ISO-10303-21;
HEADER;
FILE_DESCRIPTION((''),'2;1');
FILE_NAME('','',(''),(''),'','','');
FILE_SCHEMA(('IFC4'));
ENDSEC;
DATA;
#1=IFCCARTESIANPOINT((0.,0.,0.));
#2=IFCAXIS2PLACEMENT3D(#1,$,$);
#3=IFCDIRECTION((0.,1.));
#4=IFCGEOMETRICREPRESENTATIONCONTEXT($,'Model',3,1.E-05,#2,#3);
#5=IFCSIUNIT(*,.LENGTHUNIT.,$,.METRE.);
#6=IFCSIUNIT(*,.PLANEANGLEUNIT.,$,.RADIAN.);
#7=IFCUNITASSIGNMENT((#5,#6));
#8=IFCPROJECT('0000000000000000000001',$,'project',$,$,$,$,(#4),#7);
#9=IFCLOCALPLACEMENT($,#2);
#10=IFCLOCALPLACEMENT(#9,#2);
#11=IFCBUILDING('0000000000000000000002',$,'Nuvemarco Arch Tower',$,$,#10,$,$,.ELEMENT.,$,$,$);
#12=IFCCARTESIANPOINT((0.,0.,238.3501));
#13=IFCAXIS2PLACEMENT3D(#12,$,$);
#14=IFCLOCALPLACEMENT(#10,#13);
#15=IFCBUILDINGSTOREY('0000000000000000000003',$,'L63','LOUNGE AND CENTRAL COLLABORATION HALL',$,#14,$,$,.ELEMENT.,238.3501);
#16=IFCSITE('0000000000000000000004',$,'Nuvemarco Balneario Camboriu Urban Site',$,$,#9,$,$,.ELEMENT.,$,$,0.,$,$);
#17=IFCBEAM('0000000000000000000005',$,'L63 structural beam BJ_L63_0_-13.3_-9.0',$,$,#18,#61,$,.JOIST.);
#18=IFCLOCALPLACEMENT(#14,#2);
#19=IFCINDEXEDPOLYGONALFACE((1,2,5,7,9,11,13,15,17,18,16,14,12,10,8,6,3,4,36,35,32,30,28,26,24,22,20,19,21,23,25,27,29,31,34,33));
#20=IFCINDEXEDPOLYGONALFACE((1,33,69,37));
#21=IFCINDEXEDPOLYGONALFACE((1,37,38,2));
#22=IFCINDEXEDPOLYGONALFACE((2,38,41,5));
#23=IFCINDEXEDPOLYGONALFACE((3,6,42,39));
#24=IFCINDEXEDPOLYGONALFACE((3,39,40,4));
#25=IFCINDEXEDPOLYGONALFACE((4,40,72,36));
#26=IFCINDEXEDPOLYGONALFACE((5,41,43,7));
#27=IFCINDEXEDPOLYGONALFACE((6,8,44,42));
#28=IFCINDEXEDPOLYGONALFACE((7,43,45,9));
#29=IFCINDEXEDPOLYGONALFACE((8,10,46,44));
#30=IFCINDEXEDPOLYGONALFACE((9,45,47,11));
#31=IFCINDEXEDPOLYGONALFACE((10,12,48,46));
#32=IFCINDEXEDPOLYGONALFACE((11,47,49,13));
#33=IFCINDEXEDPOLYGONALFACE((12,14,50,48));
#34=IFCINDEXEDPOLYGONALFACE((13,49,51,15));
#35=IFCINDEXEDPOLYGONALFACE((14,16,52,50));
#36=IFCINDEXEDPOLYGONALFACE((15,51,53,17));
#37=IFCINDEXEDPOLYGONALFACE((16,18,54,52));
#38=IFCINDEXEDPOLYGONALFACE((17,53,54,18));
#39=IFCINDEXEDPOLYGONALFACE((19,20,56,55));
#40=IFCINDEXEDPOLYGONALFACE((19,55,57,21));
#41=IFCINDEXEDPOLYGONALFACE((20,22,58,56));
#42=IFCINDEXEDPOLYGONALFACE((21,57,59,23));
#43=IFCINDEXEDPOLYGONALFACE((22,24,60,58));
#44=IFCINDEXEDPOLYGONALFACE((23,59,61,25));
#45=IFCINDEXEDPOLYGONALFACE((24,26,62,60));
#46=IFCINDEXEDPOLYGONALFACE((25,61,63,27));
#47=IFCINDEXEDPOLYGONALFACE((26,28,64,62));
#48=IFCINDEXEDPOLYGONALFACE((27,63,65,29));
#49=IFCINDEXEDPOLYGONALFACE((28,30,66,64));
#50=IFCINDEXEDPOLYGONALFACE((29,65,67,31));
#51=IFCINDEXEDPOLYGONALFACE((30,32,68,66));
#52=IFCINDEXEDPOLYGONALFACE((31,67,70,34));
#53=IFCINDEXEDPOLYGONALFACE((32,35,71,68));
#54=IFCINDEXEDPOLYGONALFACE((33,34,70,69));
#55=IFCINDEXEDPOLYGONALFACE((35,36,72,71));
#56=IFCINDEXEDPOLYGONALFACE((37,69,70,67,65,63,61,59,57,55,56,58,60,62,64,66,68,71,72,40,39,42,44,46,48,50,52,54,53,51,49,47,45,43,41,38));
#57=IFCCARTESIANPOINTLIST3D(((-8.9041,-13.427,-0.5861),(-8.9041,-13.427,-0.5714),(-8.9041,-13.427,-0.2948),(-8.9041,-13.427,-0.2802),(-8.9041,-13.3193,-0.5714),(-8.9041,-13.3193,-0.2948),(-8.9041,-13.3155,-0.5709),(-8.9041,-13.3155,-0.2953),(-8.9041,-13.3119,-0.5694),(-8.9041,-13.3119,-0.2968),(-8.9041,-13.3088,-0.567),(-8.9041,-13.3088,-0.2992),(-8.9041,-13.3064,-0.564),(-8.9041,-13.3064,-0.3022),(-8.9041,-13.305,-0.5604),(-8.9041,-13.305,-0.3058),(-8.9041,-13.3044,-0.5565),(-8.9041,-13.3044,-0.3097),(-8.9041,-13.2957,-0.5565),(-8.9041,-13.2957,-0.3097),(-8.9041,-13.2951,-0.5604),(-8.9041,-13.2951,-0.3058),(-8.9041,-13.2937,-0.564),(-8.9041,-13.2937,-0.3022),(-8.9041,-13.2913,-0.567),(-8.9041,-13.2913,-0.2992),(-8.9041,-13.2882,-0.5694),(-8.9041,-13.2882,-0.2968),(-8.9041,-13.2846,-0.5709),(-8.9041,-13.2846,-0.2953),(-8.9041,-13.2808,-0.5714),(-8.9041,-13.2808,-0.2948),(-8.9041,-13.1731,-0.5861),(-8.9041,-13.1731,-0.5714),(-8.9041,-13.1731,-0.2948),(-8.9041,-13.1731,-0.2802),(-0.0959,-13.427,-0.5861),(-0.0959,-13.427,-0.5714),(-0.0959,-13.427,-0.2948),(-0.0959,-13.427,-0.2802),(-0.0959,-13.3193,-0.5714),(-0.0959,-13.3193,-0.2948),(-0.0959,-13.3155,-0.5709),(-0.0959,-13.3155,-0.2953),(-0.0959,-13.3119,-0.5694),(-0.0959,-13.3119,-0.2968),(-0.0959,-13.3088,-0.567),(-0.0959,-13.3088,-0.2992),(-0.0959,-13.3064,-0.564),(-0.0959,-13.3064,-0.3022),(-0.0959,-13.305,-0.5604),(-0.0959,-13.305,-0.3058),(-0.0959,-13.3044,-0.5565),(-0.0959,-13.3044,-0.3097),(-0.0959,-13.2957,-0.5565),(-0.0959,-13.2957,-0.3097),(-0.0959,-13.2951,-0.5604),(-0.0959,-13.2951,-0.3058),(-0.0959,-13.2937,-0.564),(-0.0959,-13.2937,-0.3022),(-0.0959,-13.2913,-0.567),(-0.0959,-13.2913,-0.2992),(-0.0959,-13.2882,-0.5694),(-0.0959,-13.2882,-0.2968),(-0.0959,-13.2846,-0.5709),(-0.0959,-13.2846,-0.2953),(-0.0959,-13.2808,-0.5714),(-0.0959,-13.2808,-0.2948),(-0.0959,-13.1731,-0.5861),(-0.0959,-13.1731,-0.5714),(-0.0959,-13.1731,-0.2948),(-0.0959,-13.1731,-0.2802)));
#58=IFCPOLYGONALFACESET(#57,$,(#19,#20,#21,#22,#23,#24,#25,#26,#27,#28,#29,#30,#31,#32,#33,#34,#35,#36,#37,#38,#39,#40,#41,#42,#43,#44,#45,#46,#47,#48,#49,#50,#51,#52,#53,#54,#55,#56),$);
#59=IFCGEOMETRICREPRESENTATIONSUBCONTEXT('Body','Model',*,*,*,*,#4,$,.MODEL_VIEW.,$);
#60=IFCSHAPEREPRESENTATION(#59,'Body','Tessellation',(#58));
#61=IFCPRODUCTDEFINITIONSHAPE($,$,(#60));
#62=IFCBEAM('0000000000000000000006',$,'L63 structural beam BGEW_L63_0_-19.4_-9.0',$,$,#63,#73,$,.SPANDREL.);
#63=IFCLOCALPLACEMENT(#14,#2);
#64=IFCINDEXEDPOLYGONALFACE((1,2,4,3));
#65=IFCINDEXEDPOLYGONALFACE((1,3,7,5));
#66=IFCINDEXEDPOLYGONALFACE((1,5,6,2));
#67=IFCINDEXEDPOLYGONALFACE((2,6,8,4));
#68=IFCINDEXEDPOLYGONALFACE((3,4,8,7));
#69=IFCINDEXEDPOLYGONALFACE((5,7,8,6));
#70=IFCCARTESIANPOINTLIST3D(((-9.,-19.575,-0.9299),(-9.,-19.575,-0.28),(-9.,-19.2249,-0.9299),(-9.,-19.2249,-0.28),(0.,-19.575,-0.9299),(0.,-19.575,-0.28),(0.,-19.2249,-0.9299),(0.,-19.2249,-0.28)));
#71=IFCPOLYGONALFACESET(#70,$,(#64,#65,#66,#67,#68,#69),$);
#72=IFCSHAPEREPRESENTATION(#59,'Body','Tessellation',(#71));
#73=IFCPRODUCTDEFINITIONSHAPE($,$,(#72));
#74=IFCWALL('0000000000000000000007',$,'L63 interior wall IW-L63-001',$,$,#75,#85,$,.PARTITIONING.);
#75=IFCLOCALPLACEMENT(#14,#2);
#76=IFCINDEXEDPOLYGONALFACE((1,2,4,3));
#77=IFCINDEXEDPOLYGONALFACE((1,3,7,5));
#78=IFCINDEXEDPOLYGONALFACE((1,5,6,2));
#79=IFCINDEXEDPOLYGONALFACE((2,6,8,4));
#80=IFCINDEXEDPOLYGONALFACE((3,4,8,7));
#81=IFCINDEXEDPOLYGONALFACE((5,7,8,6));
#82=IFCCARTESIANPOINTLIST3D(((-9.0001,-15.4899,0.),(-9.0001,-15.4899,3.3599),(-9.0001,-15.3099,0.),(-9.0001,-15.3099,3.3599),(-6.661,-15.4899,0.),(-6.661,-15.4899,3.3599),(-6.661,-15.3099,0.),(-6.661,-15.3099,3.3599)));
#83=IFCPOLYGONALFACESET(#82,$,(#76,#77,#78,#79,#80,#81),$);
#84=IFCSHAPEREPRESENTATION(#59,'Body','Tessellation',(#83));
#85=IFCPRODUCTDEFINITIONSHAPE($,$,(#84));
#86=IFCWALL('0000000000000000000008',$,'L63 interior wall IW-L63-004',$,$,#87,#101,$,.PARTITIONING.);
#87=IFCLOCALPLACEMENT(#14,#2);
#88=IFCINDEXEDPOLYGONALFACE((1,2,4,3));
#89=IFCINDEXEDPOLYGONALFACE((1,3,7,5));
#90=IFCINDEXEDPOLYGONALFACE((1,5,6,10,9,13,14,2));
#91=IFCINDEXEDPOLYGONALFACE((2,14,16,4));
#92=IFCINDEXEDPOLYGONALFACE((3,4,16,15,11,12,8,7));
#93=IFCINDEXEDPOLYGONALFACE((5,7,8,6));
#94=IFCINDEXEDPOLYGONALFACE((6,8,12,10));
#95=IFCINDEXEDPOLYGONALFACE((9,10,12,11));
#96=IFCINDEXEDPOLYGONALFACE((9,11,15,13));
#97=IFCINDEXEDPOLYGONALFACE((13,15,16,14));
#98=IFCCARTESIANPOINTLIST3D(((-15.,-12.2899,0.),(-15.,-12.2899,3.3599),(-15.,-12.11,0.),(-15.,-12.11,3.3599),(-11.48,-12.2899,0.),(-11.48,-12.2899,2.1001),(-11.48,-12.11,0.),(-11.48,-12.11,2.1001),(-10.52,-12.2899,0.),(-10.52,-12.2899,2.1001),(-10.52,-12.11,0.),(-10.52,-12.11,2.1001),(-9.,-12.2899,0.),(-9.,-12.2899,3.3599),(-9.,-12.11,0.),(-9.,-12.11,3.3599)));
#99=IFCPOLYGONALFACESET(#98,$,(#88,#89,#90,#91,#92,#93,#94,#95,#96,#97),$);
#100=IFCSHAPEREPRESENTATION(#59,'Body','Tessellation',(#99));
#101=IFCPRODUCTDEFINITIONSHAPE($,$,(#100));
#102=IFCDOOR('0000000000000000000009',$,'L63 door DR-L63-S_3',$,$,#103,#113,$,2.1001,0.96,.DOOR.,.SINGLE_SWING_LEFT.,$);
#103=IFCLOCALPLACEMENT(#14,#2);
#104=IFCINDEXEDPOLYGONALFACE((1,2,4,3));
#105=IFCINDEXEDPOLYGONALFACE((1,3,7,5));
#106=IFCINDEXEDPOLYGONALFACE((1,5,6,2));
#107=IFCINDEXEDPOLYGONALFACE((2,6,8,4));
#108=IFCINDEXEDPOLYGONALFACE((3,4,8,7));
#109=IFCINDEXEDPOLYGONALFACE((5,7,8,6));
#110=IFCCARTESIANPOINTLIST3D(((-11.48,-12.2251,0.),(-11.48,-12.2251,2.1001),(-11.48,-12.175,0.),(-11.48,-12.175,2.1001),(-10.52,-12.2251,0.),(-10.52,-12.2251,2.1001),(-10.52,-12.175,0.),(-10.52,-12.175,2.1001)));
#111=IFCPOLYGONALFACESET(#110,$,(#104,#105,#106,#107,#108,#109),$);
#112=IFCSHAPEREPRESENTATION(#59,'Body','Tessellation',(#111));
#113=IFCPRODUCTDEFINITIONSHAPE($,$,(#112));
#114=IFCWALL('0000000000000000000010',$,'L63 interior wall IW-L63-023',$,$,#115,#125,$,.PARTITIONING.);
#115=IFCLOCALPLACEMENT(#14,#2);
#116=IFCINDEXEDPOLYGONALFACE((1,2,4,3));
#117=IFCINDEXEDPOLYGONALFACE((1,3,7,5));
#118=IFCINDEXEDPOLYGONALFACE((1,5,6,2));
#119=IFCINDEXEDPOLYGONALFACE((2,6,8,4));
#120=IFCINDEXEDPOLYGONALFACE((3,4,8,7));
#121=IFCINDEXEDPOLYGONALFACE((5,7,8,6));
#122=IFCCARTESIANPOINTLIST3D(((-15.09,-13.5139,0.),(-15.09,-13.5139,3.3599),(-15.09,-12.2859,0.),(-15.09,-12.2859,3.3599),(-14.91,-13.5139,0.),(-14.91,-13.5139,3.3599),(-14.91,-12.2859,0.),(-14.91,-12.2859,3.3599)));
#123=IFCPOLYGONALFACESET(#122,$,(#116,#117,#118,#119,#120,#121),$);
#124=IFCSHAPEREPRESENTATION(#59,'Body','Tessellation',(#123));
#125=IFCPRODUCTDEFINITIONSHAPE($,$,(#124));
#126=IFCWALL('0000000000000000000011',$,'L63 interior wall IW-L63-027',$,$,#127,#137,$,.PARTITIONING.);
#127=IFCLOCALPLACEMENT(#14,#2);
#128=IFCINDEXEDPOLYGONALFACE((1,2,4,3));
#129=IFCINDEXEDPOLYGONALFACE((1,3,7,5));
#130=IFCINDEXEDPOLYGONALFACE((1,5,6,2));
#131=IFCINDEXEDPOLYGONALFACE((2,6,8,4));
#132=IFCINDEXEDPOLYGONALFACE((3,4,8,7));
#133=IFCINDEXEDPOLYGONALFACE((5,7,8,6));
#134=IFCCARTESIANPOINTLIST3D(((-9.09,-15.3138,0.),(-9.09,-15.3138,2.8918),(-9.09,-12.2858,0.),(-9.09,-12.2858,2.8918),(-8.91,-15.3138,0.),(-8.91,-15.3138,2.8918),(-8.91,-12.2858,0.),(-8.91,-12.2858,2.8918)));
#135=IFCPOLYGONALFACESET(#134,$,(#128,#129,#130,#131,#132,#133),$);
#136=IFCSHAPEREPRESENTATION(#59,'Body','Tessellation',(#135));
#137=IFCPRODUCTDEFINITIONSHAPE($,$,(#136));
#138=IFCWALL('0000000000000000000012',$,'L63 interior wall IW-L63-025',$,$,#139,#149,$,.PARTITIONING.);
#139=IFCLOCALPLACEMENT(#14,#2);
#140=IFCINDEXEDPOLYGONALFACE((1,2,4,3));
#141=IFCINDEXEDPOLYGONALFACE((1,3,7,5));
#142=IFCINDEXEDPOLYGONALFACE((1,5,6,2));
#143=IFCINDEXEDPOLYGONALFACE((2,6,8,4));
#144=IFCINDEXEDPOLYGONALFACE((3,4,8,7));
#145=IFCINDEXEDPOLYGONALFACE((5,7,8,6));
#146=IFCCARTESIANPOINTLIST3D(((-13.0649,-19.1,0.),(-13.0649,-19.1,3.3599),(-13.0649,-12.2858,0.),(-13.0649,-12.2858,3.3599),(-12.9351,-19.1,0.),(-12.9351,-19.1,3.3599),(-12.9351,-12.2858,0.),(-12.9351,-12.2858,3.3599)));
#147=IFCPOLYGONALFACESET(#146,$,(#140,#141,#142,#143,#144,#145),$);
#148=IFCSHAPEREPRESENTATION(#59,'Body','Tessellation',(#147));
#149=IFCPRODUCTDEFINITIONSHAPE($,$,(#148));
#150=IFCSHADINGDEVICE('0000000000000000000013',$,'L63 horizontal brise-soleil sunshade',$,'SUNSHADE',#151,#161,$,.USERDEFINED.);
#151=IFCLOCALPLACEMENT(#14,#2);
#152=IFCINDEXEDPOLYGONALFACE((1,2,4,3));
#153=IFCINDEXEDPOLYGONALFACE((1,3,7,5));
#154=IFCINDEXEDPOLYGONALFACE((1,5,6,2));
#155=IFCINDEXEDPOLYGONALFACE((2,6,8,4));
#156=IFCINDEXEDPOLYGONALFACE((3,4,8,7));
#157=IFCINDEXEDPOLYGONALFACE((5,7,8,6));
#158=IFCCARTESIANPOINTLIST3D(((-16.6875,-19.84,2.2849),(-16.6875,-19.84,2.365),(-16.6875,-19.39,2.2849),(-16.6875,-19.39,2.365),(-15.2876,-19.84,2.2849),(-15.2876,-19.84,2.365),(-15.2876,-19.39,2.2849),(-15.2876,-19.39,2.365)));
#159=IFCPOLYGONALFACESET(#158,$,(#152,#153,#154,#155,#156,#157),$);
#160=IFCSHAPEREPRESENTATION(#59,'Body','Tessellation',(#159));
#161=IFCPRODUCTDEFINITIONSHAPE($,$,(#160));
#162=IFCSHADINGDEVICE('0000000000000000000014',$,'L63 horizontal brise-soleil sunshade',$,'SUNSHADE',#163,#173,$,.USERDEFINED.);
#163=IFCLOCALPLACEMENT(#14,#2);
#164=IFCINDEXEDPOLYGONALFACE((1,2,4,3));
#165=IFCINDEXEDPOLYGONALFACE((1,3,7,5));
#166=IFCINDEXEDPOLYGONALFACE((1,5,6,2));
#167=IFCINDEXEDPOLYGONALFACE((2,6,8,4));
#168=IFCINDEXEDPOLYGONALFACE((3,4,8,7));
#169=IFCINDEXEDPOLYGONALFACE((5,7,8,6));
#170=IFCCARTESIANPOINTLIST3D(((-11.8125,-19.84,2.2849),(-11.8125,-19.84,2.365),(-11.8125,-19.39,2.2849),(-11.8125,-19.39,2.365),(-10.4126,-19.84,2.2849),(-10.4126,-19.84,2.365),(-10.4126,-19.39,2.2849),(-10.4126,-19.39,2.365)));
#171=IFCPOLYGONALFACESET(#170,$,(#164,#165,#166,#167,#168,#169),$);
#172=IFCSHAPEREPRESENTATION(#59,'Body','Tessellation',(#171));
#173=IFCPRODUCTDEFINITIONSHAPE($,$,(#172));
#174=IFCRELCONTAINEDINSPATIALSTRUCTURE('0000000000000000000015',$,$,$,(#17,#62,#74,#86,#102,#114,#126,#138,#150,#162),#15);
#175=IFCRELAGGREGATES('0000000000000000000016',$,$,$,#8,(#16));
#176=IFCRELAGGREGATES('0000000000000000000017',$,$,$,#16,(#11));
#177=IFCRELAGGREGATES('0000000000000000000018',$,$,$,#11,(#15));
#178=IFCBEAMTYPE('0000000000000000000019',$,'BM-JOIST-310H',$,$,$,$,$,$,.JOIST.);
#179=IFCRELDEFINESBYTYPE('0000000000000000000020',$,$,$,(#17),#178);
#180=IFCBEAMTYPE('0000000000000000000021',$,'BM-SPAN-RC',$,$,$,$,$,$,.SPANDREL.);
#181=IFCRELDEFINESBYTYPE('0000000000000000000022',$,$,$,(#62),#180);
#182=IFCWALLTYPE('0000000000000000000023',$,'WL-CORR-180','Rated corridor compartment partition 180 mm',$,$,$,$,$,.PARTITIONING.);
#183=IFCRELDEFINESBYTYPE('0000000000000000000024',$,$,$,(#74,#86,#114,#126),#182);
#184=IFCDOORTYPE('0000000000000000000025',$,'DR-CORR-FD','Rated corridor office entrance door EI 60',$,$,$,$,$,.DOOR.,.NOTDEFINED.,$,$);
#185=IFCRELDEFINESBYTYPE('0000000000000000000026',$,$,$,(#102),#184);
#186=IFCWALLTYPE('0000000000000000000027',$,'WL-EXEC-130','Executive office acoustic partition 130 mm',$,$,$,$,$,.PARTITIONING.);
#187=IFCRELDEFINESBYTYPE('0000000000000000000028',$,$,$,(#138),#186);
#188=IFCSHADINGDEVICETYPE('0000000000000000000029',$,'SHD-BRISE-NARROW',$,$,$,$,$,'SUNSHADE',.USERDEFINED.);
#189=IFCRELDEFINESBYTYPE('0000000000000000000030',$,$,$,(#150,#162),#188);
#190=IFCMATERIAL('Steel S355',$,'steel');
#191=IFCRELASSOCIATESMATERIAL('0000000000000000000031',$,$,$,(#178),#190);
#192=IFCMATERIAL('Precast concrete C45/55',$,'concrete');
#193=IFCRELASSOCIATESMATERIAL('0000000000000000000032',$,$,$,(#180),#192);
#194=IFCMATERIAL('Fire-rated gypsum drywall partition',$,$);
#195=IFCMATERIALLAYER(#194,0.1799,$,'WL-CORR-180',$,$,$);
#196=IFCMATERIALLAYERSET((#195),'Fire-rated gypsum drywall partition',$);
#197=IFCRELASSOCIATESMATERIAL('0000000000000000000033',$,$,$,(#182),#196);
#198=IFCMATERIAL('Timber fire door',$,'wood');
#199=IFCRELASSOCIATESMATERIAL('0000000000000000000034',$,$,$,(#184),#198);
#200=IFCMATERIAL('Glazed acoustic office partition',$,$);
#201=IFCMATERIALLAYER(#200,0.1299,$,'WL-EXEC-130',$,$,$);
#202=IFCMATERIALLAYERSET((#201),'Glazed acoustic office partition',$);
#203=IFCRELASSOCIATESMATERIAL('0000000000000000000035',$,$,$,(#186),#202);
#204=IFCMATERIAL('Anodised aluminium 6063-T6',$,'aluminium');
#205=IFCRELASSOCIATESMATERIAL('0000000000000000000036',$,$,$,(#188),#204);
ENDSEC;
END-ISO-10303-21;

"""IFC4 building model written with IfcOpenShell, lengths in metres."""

from ifc_helpers import new_model, si_unit, direction, frame, frame_2d, origin, origin_2d, place, context, subcontext, project, spatial, rectangle, i_section, extrude, source, transform, mapped, material, layer, layer_set, material_profile, profile_set, type_object, type_shapes, element, fill, save


model = new_model("IFC4")

# Units and contexts
model_context = context("Model", 3, precision=1e-05, world=origin(), true_north=direction((0.0, 1.0)))
body_context = subcontext(model_context, "Body", "Model", "MODEL_VIEW")
ifc_project = project(units=[si_unit("LENGTHUNIT", "METRE"), si_unit("PLANEANGLEUNIT", "RADIAN")], contexts=[model_context])

# Site, building, storey
site_placement = place(None, origin())
site = spatial("IfcSite", under=ifc_project, at=site_placement, Name="Nuvemarco Balneario Camboriu Urban Site", CompositionType="ELEMENT", RefElevation=0.0)
building_placement = place(site_placement, origin())
building = spatial("IfcBuilding", under=site, at=building_placement, Name="Nuvemarco Arch Tower", CompositionType="ELEMENT")
storey_placement = place(building_placement, frame((0.0, 0.0, 238.3501)))
storey = spatial("IfcBuildingStorey", under=building, at=storey_placement, Name="L63", Description="LOUNGE AND CENTRAL COLLABORATION HALL", CompositionType="ELEMENT", Elevation=238.3501)

# Shared definitions
ifc_material_1 = material(Name="Steel S355", Category="steel")

# Beams
ifc_material_profile_1 = material_profile(ifc_material_1, i_section(OverallWidth=0.2539, OverallDepth=0.3059, WebThickness=0.0088, FlangeThickness=0.0146, FilletRadius=0.0149, at=origin_2d()), Name="W310x79")
ifc_profile_set_1 = profile_set([ifc_material_profile_1], Name="Steel S355")
beam_type_1 = type_object("IfcBeamType", Name="BM-JOIST-310H", PredefinedType="JOIST", material=ifc_profile_set_1)
beam_1_placement = place(storey_placement, frame((-8.9041, -13.3, -0.4331), z_axis=(1.0, 0.0, 0.0), x_axis=(0.0, 1.0, 0.0)))
element("IfcBeam", 1, at=beam_1_placement, inside=storey, type_object=beam_type_1, Name="L63 structural beam BJ_L63_0_-13.3_-9.0", PredefinedType="JOIST", context=body_context, shape_type="SweptSolid", body=[
    extrude(i_section(OverallWidth=0.2539, OverallDepth=0.3059, WebThickness=0.0088, FlangeThickness=0.0146, FilletRadius=0.0149, at=origin_2d()), origin(), (0.0, 0.0, 1.0), 8.8081),
])
ifc_material_2 = material(Name="Precast concrete C45/55", Category="concrete")
ifc_material_profile_2 = material_profile(ifc_material_2, rectangle(XDim=0.3501, YDim=0.6499, at=origin_2d()), Name="PC-SP-350x650")
ifc_profile_set_2 = profile_set([ifc_material_profile_2], Name="Precast concrete C45/55")
beam_type_2 = type_object("IfcBeamType", Name="BM-SPAN-RC", PredefinedType="SPANDREL", material=ifc_profile_set_2)
beam_2_placement = place(storey_placement, frame((-9.0, -19.3999, -0.605), z_axis=(1.0, 0.0, 0.0), x_axis=(0.0, 1.0, 0.0)))
element("IfcBeam", 2, at=beam_2_placement, inside=storey, type_object=beam_type_2, Name="L63 structural beam BGEW_L63_0_-19.4_-9.0", PredefinedType="SPANDREL", context=body_context, shape_type="SweptSolid", body=[
    extrude(rectangle(XDim=0.3501, YDim=0.6499, at=origin_2d()), origin(), (0.0, 0.0, 1.0), 9.0),
])

# Wall
ifc_material_3 = material(Name="Fire-rated gypsum drywall partition")
ifc_layer_1 = layer(ifc_material_3, 0.1799, Name="WL-CORR-180")
ifc_layer_set_1 = layer_set([ifc_layer_1], Name="Fire-rated gypsum drywall partition")
wall_type_1 = type_object("IfcWallType", Name="WL-CORR-180", Description="Rated corridor compartment partition 180 mm", PredefinedType="PARTITIONING", material=ifc_layer_set_1)
wall_1_placement = place(storey_placement, frame((-9.0, -15.3999, 0.0), z_axis=(0.0, 0.0, 1.0), x_axis=(1.0, 0.0, 0.0)))
element("IfcWall", 3, at=wall_1_placement, inside=storey, type_object=wall_type_1, Name="L63 interior wall IW-L63-001", PredefinedType="PARTITIONING", context=body_context, shape_type="SweptSolid", body=[
    extrude(rectangle(XDim=2.3391, YDim=0.1799, at=frame_2d((1.1694, 0.0))), origin(), (0.0, 0.0, 1.0), 3.3599),
])

# Wall, opening, door
wall_2_placement = place(storey_placement, frame((-15.0, -12.2, 0.0), z_axis=(0.0, 0.0, 1.0), x_axis=(1.0, 0.0, 0.0)))
wall_2 = element("IfcWall", 4, at=wall_2_placement, inside=storey, type_object=wall_type_1, Name="L63 interior wall IW-L63-004", PredefinedType="PARTITIONING", context=body_context, shape_type="SweptSolid", body=[
    extrude(rectangle(XDim=6.0, YDim=0.1799, at=frame_2d((3.0, 0.0))), origin(), (0.0, 0.0, 1.0), 3.3599),
])
opening_placement = place(wall_2_placement, frame((3.52, 0.0, 0.0)))
opening = element("IfcOpeningElement", 5, at=opening_placement, cuts=wall_2, PredefinedType="OPENING", context=body_context, shape_type="SweptSolid", body=[
    extrude(rectangle(XDim=0.96, YDim=2.1001, at=frame_2d((0.48, 1.05))), frame((0.0, 0.0999, 0.0), z_axis=(0.0, -1.0, 0.0), x_axis=(1.0, 0.0, 0.0)), (0.0, 0.0, 1.0), 0.2),
])
ifc_material_4 = material(Name="Timber fire door", Category="wood")
door_type = type_object("IfcDoorType", Name="DR-CORR-FD", Description="Rated corridor office entrance door EI 60", OperationType="NOTDEFINED", PredefinedType="DOOR", material=ifc_material_4)
shared_shape_1 = source(origin(), body_context, "Body", "SweptSolid", [
    extrude(rectangle(XDim=0.96, YDim=2.1001, at=frame_2d((0.48, 1.05))), frame((0.0, 0.0249, 0.0), z_axis=(0.0, -1.0, 0.0), x_axis=(1.0, 0.0, 0.0)), (0.0, 0.0, 1.0), 0.05),
])
type_shapes(door_type, [shared_shape_1])
door_placement = place(opening_placement, origin())
door = element("IfcDoor", 6, at=door_placement, inside=storey, type_object=door_type, Name="L63 door DR-L63-S_3", OperationType="SINGLE_SWING_LEFT", OverallHeight=2.1001, OverallWidth=0.96, PredefinedType="DOOR", context=body_context, shape_type="MappedRepresentation", body=[
    mapped(shared_shape_1, transform((0.0, 0.0, 0.0), scale=1.0)),
])
fill(opening, door)

# Walls
wall_3_placement = place(storey_placement, frame((-15.0, -13.5139, 0.0), z_axis=(0.0, 0.0, 1.0), x_axis=(0.0, 1.0, 0.0)))
element("IfcWall", 7, at=wall_3_placement, inside=storey, type_object=wall_type_1, Name="L63 interior wall IW-L63-023", PredefinedType="PARTITIONING", context=body_context, shape_type="SweptSolid", body=[
    extrude(rectangle(XDim=1.228, YDim=0.1799, at=frame_2d((0.614, 0.0))), origin(), (0.0, 0.0, 1.0), 3.3599),
])
wall_4_placement = place(storey_placement, frame((-9.0, -15.314, 0.0), z_axis=(0.0, 0.0, 1.0), x_axis=(0.0, 1.0, 0.0)))
element("IfcWall", 8, at=wall_4_placement, inside=storey, type_object=wall_type_1, Name="L63 interior wall IW-L63-027", PredefinedType="PARTITIONING", context=body_context, shape_type="SweptSolid", body=[
    extrude(rectangle(XDim=3.0281, YDim=0.1799, at=frame_2d((1.5142, 0.0))), origin(), (0.0, 0.0, 1.0), 2.8918),
])
ifc_material_5 = material(Name="Glazed acoustic office partition")
ifc_layer_2 = layer(ifc_material_5, 0.1299, Name="WL-EXEC-130")
ifc_layer_set_2 = layer_set([ifc_layer_2], Name="Glazed acoustic office partition")
wall_type_2 = type_object("IfcWallType", Name="WL-EXEC-130", Description="Executive office acoustic partition 130 mm", PredefinedType="PARTITIONING", material=ifc_layer_set_2)
wall_5_placement = place(storey_placement, frame((-13.0, -19.1001, 0.0), z_axis=(0.0, 0.0, 1.0), x_axis=(0.0, 1.0, 0.0)))
element("IfcWall", 9, at=wall_5_placement, inside=storey, type_object=wall_type_2, Name="L63 interior wall IW-L63-025", PredefinedType="PARTITIONING", context=body_context, shape_type="SweptSolid", body=[
    extrude(rectangle(XDim=6.8142, YDim=0.1299, at=frame_2d((3.4072, 0.0))), origin(), (0.0, 0.0, 1.0), 3.3599),
])

# Shading devices
ifc_material_6 = material(Name="Anodised aluminium 6063-T6", Category="aluminium")
shading_device_type = type_object("IfcShadingDeviceType", Name="SHD-BRISE-NARROW", ElementType="SUNSHADE", PredefinedType="USERDEFINED", material=ifc_material_6)
shared_shape_2 = source(origin(), body_context, "Body", "SweptSolid", [
    extrude(rectangle(XDim=1.3999, YDim=0.45, at=origin_2d()), origin(), (0.0, 0.0, 1.0), 0.0801),
])
type_shapes(shading_device_type, [shared_shape_2])
for number, where, z_axis, x_axis, name in (
    (10, (-15.9875, -19.615, 2.2849), (0.0, 0.0, 1.0), (1.0, 0.0, 0.0), "L63 horizontal brise-soleil sunshade"),
    (11, (-11.1125, -19.615, 2.2849), (0.0, 0.0, 1.0), (1.0, 0.0, 0.0), "L63 horizontal brise-soleil sunshade"),
):
    element("IfcShadingDevice", number, at=place(storey_placement, frame(where, z_axis=z_axis, x_axis=x_axis)), inside=storey, type_object=shading_device_type, Name=name, ObjectType="SUNSHADE", PredefinedType="USERDEFINED", context=body_context, shape_type="MappedRepresentation", body=[
        mapped(shared_shape_2, transform((0.0, 0.0, 0.0), scale=1.0)),
    ])

save(model, "model.ifc")
